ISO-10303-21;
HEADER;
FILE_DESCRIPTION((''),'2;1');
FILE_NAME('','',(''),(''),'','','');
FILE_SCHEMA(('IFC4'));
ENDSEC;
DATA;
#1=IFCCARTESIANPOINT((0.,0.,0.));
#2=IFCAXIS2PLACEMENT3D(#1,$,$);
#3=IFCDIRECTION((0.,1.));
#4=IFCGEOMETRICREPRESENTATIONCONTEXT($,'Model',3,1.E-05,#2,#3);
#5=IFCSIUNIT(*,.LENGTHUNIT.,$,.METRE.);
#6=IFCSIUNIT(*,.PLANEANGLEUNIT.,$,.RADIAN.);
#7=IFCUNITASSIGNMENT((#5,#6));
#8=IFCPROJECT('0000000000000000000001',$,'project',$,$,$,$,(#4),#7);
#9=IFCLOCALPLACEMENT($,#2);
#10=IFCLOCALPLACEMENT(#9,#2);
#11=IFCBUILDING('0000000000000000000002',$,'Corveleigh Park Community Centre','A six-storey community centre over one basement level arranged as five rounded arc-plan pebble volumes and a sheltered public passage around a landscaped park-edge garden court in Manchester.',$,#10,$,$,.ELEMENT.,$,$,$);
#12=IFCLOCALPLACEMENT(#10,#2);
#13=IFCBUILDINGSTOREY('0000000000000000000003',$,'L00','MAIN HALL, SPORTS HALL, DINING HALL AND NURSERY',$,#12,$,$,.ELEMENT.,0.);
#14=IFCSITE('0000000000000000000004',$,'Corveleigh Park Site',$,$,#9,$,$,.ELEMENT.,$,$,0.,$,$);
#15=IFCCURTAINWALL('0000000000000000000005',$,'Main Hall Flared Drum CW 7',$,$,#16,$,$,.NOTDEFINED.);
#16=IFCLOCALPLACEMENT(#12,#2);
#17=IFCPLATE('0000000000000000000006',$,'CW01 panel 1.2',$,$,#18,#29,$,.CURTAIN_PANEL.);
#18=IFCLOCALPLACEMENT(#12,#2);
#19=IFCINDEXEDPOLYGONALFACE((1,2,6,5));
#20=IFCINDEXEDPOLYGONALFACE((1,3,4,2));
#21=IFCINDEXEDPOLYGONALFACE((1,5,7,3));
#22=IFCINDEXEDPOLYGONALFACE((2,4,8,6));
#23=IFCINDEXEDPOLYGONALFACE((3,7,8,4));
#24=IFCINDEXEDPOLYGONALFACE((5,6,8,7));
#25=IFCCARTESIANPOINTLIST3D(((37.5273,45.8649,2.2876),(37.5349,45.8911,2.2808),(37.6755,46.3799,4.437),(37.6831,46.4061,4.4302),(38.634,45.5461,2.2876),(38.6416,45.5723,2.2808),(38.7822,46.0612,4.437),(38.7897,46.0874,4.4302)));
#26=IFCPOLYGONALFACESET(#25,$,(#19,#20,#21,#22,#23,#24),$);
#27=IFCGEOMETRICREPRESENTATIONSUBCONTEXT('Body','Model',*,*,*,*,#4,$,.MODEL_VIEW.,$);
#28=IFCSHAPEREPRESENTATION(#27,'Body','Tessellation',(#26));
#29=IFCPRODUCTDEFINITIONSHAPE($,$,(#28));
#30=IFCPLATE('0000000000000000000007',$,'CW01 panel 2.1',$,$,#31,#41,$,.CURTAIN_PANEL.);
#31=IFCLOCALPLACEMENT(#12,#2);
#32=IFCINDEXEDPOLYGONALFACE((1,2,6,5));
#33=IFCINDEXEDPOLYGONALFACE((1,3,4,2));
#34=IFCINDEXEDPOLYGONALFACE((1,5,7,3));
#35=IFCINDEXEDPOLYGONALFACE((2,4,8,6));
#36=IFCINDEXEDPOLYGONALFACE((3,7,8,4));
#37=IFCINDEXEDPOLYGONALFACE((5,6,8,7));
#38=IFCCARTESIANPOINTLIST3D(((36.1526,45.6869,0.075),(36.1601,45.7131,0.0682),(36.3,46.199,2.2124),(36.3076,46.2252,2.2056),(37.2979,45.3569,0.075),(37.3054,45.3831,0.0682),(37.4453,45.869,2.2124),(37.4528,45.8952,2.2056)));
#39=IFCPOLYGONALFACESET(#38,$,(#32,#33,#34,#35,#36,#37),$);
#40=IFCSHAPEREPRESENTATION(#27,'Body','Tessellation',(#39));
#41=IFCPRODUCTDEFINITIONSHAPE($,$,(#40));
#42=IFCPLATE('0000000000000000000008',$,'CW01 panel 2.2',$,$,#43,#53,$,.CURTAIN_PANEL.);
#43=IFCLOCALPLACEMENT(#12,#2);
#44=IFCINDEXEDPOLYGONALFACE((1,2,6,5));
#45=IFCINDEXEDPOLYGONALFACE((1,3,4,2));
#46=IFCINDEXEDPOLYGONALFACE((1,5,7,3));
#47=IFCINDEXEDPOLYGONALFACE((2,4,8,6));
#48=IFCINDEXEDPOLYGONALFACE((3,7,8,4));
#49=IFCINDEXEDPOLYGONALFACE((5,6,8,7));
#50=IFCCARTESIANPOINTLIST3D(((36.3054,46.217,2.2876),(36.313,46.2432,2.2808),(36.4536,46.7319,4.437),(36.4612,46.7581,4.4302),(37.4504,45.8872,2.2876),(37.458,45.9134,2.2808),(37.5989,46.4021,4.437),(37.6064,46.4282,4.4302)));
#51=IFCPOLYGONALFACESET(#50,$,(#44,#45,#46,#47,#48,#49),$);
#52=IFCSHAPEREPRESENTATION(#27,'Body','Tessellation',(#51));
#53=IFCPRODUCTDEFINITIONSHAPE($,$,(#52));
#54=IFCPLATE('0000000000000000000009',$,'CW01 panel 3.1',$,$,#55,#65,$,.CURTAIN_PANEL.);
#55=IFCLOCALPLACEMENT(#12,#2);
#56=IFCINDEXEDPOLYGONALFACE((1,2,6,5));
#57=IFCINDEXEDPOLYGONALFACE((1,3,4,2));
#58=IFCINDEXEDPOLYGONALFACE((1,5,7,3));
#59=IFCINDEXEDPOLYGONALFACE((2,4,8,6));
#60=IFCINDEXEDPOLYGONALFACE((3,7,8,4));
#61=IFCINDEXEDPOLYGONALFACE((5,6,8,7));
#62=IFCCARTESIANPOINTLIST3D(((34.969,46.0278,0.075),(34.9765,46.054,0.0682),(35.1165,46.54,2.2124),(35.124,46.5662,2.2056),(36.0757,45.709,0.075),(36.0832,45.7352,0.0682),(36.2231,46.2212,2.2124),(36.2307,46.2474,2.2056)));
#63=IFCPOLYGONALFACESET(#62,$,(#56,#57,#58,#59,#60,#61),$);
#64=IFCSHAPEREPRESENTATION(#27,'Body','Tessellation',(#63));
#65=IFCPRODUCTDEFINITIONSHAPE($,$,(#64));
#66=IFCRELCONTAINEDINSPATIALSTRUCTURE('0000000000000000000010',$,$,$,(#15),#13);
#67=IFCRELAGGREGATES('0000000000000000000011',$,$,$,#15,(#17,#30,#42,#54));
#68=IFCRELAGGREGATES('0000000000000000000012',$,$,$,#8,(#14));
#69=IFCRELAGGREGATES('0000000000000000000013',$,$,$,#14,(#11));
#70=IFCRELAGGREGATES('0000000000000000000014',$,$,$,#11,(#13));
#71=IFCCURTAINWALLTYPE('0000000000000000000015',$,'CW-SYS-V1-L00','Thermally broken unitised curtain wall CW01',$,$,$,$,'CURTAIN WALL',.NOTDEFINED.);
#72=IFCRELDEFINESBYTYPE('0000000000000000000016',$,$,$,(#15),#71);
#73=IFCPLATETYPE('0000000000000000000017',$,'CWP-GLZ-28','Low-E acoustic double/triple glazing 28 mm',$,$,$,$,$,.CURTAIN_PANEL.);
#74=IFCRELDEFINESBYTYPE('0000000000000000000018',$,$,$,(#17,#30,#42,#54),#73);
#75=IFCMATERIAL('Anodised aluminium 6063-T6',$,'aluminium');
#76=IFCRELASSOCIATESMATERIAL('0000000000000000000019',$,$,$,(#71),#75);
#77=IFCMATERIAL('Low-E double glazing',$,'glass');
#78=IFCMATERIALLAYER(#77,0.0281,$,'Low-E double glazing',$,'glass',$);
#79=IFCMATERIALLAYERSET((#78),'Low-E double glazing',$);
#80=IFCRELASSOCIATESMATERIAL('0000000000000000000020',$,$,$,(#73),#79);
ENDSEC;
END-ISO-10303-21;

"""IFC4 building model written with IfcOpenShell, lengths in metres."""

from ifc_helpers import new_model, si_unit, direction, frame, origin, place, context, subcontext, project, spatial, polyline, outline, extrude, material, layer, layer_set, type_object, element, aggregate, save


model = new_model("IFC4")

# Units and contexts
model_context = context("Model", 3, precision=1e-05, world=origin(), true_north=direction((0.0, 1.0)))
body_context = subcontext(model_context, "Body", "Model", "MODEL_VIEW")
ifc_project = project(units=[si_unit("LENGTHUNIT", "METRE"), si_unit("PLANEANGLEUNIT", "RADIAN")], contexts=[model_context])

# Site, building, storey
site_placement = place(None, origin())
site = spatial("IfcSite", under=ifc_project, at=site_placement, Name="Corveleigh Park Site", CompositionType="ELEMENT", RefElevation=0.0)
building_placement = place(site_placement, origin())
building = spatial("IfcBuilding", under=site, at=building_placement, Name="Corveleigh Park Community Centre", Description="A six-storey community centre over one basement level arranged as five rounded arc-plan pebble volumes and a sheltered public passage around a landscaped park-edge garden court in Manchester.", CompositionType="ELEMENT")
storey_placement = place(building_placement, origin())
storey = spatial("IfcBuildingStorey", under=building, at=storey_placement, Name="L00", Description="MAIN HALL, SPORTS HALL, DINING HALL AND NURSERY", CompositionType="ELEMENT", Elevation=0.0)

# Curtain wall
ifc_material_1 = material(Name="Anodised aluminium 6063-T6", Category="aluminium")
curtain_wall_type = type_object("IfcCurtainWallType", Name="CW-SYS-V1-L00", Description="Thermally broken unitised curtain wall CW01", ElementType="CURTAIN WALL", PredefinedType="NOTDEFINED", material=ifc_material_1)
curtain_wall_1_placement = place(storey_placement, origin())
curtain_wall_1 = element("IfcCurtainWall", 1, at=curtain_wall_1_placement, inside=storey, type_object=curtain_wall_type, Name="Main Hall Flared Drum CW 7", PredefinedType="NOTDEFINED")

# Plates
ifc_material_2 = material(Name="Low-E double glazing", Category="glass")
ifc_layer = layer(ifc_material_2, 0.0281, Name="Low-E double glazing", Category="glass")
ifc_layer_set = layer_set([ifc_layer], Name="Low-E double glazing")
plate_type = type_object("IfcPlateType", Name="CWP-GLZ-28", Description="Low-E acoustic double/triple glazing 28 mm", PredefinedType="CURTAIN_PANEL", material=ifc_layer_set)
plate_1_placement = place(storey_placement, frame((38.634, 45.5461, 2.2876), z_axis=(-0.26853, -0.932397, 0.241923), x_axis=(-0.96094, 0.276756, 0.000024)))
plate_1 = element("IfcPlate", 2, at=plate_1_placement, type_object=plate_type, Name="CW01 panel 1.2", PredefinedType="CURTAIN_PANEL", context=body_context, shape_type="SweptSolid", body=[
    extrude(outline(polyline([(0.0, 0.0), (1.1517, 0.0), (1.1519, -2.2152), (0.0002, -2.2152), (0.0, 0.0)])), origin(), (0.0, 0.0, -1.0), 0.0281),
])
plate_2_placement = place(storey_placement, frame((37.2979, 45.3569, 0.075), z_axis=(-0.268622, -0.932375, 0.241908), x_axis=(-0.960913, 0.27685, 0.000023)))
plate_2 = element("IfcPlate", 3, at=plate_2_placement, type_object=plate_type, Name="CW01 panel 2.1", PredefinedType="CURTAIN_PANEL", context=body_context, shape_type="SweptSolid", body=[
    extrude(outline(polyline([(0.0, 0.0), (1.1919, 0.0), (1.192, -2.2029), (0.0002, -2.2029), (0.0, 0.0)])), origin(), (0.0, 0.0, -1.0), 0.0281),
])
plate_3_placement = place(storey_placement, frame((37.4504, 45.8872, 2.2876), z_axis=(-0.268558, -0.932399, 0.241887), x_axis=(-0.960934, 0.276779, 0.000007)))
plate_3 = element("IfcPlate", 4, at=plate_3_placement, type_object=plate_type, Name="CW01 panel 2.2", PredefinedType="CURTAIN_PANEL", context=body_context, shape_type="SweptSolid", body=[
    extrude(outline(polyline([(0.0, 0.0), (1.1916, 0.0), (1.1917, -2.2152), (-0.0001, -2.2152), (0.0, 0.0)])), origin(), (0.0, 0.0, -1.0), 0.0281),
])
plate_4_placement = place(storey_placement, frame((36.0757, 45.709, 0.075), z_axis=(-0.268622, -0.932362, 0.241958), x_axis=(-0.960914, 0.276848, 0.0)))
plate_4 = element("IfcPlate", 5, at=plate_4_placement, type_object=plate_type, Name="CW01 panel 3.1", PredefinedType="CURTAIN_PANEL", context=body_context, shape_type="SweptSolid", body=[
    extrude(outline(polyline([(0.0, 0.0), (1.1517, 0.0), (1.1518, -2.2029), (0.0001, -2.2029), (0.0, 0.0)])), origin(), (0.0, 0.0, -1.0), 0.0281),
])
aggregate(curtain_wall_1, [plate_1, plate_2, plate_3, plate_4])

save(model, "model.ifc")
